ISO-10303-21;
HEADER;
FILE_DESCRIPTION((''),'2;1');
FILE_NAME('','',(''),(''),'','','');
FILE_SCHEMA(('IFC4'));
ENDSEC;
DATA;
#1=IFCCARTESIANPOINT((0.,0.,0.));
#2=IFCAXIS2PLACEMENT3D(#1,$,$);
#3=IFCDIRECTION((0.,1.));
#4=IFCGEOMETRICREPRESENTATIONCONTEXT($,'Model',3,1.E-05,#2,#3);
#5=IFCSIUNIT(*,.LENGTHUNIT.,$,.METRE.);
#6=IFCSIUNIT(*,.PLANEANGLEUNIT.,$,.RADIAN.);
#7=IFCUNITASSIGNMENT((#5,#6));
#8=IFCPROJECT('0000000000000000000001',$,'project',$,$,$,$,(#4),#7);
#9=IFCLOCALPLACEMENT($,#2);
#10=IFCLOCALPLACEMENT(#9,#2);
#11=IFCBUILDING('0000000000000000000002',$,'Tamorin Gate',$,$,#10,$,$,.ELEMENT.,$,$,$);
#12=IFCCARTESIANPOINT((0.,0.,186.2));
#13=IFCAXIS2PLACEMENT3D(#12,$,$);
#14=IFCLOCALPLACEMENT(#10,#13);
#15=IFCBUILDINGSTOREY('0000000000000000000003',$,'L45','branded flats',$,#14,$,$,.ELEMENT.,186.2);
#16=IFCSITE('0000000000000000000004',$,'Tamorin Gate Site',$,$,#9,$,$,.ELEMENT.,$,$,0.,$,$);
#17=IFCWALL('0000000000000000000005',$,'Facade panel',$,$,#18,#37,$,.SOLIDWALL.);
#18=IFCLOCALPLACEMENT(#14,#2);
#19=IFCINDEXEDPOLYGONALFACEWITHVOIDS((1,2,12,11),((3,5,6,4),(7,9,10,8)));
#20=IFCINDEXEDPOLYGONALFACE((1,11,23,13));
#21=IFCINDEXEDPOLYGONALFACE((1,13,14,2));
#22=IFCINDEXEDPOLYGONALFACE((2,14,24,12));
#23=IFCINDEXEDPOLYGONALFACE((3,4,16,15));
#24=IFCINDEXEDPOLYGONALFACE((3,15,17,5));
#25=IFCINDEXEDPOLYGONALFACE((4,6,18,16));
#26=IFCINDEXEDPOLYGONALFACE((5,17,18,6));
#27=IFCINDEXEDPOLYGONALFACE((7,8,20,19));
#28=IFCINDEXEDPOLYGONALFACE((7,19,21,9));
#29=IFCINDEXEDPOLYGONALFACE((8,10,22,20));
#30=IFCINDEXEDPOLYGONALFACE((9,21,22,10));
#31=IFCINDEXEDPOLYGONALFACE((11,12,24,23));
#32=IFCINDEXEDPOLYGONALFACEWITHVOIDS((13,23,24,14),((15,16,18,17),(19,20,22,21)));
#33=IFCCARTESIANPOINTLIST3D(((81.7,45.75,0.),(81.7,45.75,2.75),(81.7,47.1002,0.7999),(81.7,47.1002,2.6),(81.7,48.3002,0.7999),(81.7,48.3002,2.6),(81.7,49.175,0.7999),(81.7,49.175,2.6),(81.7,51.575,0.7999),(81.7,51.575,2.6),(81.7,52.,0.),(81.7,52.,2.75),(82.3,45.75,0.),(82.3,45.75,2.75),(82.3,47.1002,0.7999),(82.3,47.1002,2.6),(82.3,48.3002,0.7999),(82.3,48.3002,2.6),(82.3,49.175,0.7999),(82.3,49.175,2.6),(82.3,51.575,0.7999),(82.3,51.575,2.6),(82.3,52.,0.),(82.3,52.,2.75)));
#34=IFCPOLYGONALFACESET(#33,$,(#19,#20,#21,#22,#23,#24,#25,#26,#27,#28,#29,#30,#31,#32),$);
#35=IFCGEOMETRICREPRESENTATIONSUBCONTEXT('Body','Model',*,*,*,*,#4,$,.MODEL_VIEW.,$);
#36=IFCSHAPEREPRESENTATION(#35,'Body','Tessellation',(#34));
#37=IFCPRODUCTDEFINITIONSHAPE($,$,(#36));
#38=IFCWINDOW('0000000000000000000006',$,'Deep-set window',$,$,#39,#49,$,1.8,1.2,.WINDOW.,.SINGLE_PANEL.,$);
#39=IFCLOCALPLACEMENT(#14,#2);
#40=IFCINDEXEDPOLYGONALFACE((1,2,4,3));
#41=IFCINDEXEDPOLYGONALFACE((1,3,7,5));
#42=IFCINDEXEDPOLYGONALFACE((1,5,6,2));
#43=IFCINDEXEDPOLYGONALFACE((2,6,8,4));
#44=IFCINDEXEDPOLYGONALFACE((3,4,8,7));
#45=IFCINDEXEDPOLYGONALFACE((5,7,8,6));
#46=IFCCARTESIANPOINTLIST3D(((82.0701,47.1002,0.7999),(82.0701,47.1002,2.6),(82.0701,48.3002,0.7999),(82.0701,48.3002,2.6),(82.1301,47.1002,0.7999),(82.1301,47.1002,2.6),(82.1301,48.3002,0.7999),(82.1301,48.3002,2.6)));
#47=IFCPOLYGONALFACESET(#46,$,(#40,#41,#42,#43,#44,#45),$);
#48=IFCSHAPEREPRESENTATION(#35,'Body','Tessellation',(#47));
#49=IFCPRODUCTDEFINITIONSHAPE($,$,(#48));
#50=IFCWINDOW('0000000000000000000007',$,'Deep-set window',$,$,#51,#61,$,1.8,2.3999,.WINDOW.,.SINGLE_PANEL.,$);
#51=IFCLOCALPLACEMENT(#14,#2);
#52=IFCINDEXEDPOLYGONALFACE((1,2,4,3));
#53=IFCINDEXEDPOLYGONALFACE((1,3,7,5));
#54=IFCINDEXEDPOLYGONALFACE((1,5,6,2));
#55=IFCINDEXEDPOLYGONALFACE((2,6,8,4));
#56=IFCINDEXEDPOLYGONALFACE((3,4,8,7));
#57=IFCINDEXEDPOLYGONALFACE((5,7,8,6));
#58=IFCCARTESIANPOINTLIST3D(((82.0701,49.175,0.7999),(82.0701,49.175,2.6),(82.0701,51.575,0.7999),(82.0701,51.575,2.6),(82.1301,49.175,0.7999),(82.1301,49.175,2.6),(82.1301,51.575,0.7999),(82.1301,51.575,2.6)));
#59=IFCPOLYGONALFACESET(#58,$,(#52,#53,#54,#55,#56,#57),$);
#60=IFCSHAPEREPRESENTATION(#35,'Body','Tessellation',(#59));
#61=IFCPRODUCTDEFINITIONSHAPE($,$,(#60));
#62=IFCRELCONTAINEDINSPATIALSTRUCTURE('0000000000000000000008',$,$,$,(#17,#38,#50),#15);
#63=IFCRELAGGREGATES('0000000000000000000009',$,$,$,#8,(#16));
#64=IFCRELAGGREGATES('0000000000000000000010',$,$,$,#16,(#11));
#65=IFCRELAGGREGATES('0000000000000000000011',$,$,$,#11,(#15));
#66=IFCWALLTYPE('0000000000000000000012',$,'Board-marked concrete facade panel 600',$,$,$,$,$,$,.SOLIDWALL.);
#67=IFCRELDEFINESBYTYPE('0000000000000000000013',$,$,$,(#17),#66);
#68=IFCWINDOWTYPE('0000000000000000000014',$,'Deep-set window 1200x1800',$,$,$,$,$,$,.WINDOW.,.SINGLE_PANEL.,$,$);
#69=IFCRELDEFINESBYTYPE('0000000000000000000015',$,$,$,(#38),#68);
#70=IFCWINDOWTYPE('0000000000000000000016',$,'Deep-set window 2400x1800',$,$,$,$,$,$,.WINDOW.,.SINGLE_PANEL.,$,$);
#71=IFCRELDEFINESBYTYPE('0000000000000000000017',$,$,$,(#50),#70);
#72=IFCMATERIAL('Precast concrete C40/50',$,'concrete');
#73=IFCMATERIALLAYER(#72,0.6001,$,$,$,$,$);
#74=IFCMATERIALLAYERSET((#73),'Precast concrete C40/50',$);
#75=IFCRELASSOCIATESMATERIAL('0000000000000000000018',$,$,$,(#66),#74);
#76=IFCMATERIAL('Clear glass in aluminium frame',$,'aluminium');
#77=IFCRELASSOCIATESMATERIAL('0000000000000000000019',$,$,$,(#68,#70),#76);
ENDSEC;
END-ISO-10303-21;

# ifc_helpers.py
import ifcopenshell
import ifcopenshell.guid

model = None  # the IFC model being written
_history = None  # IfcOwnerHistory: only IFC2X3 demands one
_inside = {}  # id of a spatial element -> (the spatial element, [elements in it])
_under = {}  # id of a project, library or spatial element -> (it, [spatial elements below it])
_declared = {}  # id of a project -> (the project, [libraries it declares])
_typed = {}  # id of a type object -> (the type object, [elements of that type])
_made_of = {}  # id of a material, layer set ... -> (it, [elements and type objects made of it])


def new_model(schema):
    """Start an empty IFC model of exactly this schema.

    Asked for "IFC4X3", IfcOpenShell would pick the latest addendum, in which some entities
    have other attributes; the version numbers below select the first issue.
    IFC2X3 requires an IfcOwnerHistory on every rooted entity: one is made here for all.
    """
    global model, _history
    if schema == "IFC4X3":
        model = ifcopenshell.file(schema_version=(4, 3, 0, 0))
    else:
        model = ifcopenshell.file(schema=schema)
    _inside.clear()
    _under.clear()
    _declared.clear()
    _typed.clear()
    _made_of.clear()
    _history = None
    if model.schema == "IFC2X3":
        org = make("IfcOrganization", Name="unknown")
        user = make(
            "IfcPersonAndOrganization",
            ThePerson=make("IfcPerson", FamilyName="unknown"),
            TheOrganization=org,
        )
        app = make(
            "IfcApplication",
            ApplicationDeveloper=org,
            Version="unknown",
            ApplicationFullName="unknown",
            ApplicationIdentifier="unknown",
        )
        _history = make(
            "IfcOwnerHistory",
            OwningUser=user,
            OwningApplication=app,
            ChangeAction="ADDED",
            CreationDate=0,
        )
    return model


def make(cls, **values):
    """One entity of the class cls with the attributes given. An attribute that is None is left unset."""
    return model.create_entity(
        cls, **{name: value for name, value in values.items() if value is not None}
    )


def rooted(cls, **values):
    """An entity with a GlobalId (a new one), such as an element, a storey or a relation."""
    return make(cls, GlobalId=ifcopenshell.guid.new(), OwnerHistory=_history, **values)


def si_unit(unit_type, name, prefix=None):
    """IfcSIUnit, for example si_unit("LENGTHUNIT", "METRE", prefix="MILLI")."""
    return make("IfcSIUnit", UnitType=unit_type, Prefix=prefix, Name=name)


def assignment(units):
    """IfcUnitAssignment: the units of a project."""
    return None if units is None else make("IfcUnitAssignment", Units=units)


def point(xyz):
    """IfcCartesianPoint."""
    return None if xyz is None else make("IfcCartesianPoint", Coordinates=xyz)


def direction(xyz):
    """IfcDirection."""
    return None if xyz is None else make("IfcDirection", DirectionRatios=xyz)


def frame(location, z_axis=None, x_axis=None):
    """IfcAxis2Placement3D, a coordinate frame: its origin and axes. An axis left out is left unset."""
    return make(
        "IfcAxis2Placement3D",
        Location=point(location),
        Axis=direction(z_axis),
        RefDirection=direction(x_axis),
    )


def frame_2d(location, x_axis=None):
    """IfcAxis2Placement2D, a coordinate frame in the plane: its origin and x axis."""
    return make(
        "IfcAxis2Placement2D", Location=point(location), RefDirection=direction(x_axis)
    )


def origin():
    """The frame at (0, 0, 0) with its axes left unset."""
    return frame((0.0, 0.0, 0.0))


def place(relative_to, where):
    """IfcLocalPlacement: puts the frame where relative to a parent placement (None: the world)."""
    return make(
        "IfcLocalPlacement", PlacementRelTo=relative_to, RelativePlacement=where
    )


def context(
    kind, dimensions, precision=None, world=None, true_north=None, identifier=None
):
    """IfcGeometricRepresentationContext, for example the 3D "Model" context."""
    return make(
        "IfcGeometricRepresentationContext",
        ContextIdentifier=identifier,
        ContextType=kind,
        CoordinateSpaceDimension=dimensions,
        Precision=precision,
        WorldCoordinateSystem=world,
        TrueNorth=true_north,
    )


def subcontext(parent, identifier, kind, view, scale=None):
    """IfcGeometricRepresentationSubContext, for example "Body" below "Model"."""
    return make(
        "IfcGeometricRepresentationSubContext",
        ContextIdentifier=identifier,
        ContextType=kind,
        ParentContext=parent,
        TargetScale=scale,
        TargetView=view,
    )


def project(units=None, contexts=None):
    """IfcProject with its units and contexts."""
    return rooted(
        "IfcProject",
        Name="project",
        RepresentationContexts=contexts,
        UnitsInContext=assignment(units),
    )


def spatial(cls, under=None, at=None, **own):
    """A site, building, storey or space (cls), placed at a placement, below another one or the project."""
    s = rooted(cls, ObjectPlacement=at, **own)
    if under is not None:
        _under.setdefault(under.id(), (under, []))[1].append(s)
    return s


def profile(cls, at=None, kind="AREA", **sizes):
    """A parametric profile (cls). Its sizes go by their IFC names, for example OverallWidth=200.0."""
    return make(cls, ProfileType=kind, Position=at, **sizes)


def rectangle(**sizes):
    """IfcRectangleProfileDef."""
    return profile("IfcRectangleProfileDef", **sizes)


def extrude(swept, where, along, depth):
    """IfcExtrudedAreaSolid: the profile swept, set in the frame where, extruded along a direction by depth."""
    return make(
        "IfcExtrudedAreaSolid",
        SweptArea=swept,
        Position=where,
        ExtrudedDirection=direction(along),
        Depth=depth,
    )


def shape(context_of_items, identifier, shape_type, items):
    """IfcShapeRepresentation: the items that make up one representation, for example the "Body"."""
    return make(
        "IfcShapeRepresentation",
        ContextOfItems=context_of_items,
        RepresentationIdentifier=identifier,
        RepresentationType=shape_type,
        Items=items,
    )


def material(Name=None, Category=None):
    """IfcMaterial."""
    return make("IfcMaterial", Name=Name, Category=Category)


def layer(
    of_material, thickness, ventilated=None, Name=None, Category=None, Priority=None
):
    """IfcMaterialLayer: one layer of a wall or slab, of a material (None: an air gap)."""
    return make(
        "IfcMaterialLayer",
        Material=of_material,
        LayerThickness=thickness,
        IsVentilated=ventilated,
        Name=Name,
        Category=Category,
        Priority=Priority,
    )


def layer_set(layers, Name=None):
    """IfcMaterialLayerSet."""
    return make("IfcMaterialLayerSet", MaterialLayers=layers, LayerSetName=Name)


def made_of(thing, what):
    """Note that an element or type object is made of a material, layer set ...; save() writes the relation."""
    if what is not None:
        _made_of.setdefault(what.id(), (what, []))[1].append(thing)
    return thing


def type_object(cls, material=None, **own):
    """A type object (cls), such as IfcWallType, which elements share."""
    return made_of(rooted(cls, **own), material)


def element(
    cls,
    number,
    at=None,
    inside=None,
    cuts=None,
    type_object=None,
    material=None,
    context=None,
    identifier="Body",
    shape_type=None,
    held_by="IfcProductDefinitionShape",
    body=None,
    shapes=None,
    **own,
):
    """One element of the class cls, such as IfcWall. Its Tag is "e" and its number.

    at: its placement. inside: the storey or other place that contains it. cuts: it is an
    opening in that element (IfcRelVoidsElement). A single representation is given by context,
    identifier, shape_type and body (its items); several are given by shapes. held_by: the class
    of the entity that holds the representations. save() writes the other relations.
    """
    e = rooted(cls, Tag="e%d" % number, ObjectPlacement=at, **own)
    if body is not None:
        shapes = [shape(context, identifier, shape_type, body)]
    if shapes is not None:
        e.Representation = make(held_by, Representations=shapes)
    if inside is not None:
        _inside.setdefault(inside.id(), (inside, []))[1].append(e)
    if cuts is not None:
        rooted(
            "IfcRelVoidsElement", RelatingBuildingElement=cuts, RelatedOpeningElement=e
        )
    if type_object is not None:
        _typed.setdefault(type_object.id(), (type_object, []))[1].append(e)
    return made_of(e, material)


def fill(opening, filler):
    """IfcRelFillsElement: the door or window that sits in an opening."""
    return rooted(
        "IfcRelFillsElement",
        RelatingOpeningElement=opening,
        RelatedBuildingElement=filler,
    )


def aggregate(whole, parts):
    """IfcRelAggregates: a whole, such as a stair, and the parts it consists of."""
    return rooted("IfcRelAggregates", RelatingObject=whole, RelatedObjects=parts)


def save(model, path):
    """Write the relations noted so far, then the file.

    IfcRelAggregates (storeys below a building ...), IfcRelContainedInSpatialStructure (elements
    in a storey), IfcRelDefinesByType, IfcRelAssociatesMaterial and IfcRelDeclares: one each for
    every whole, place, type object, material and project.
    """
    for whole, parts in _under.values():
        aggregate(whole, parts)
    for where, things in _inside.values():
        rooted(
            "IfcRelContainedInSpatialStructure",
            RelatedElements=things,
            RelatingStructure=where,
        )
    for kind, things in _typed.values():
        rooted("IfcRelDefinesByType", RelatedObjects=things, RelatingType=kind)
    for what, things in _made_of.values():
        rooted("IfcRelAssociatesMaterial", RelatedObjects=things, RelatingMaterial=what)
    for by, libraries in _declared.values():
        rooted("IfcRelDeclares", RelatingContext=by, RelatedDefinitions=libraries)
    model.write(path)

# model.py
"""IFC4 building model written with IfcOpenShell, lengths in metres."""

from ifc_helpers import new_model, si_unit, direction, frame, frame_2d, origin, place, context, subcontext, project, spatial, rectangle, extrude, material, layer, layer_set, type_object, element, fill, save


model = new_model("IFC4")

# Units and contexts
model_context = context("Model", 3, precision=1e-05, world=origin(), true_north=direction((0.0, 1.0)))
body_context = subcontext(model_context, "Body", "Model", "MODEL_VIEW")
ifc_project = project(units=[si_unit("LENGTHUNIT", "METRE"), si_unit("PLANEANGLEUNIT", "RADIAN")], contexts=[model_context])

# Site, building, storey
site_placement = place(None, origin())
site = spatial("IfcSite", under=ifc_project, at=site_placement, Name="Tamorin Gate Site", CompositionType="ELEMENT", RefElevation=0.0)
building_placement = place(site_placement, origin())
building = spatial("IfcBuilding", under=site, at=building_placement, Name="Tamorin Gate", CompositionType="ELEMENT")
storey_placement = place(building_placement, frame((0.0, 0.0, 186.2)))
storey = spatial("IfcBuildingStorey", under=building, at=storey_placement, Name="L45", Description="branded flats", CompositionType="ELEMENT", Elevation=186.2)

# Shared definitions
ifc_material_1 = material(Name="Precast concrete C40/50", Category="concrete")
ifc_layer = layer(ifc_material_1, 0.6001)
ifc_layer_set = layer_set([ifc_layer], Name="Precast concrete C40/50")
wall_type = type_object("IfcWallType", Name="Board-marked concrete facade panel 600", PredefinedType="SOLIDWALL", material=ifc_layer_set)
ifc_material_2 = material(Name="Clear glass in aluminium frame", Category="aluminium")
window_type_1 = type_object("IfcWindowType", Name="Deep-set window 1200x1800", PartitioningType="SINGLE_PANEL", PredefinedType="WINDOW", material=ifc_material_2)
window_type_2 = type_object("IfcWindowType", Name="Deep-set window 2400x1800", PartitioningType="SINGLE_PANEL", PredefinedType="WINDOW", material=ifc_material_2)

# Wall, openings, windows
wall_1_placement = place(storey_placement, frame((82.0, 45.75, 0.0), z_axis=(0.0, 0.0, 1.0), x_axis=(0.0, 1.0, 0.0)))
wall_1 = element("IfcWall", 1, at=wall_1_placement, inside=storey, type_object=wall_type, Name="Facade panel", PredefinedType="SOLIDWALL", context=body_context, shape_type="SweptSolid", body=[
    extrude(rectangle(XDim=6.25, YDim=0.6001, at=frame_2d((3.125, 0.0))), origin(), (0.0, 0.0, 1.0), 2.75),
])
opening_1_placement = place(wall_1_placement, frame((1.3501, 0.0, 0.8)))
opening_1 = element("IfcOpeningElement", 2, at=opening_1_placement, cuts=wall_1, PredefinedType="OPENING", context=body_context, shape_type="SweptSolid", body=[
    extrude(rectangle(XDim=1.2, YDim=1.8, at=frame_2d((0.6001, 0.8999))), frame((0.0, 0.3101, 0.0), z_axis=(0.0, -1.0, 0.0), x_axis=(1.0, 0.0, 0.0)), (0.0, 0.0, 1.0), 0.6201),
])
opening_2_placement = place(wall_1_placement, frame((3.425, 0.0, 0.8)))
opening_2 = element("IfcOpeningElement", 3, at=opening_2_placement, cuts=wall_1, PredefinedType="OPENING", context=body_context, shape_type="SweptSolid", body=[
    extrude(rectangle(XDim=2.3999, YDim=1.8, at=frame_2d((1.2, 0.8999))), frame((0.0, 0.3101, 0.0), z_axis=(0.0, -1.0, 0.0), x_axis=(1.0, 0.0, 0.0)), (0.0, 0.0, 1.0), 0.6201),
])
window_1_placement = place(opening_1_placement, origin())
window_1 = element("IfcWindow", 4, at=window_1_placement, inside=storey, type_object=window_type_1, Name="Deep-set window", OverallHeight=1.8, OverallWidth=1.2, PartitioningType="SINGLE_PANEL", PredefinedType="WINDOW", context=body_context, shape_type="SweptSolid", body=[
    extrude(rectangle(XDim=1.2, YDim=1.8, at=frame_2d((0.6001, 0.8999))), frame((0.0, -0.0701, 0.0), z_axis=(0.0, -1.0, 0.0), x_axis=(1.0, 0.0, 0.0)), (0.0, 0.0, 1.0), 0.0601),
])
fill(opening_1, window_1)
window_2_placement = place(opening_2_placement, origin())
window_2 = element("IfcWindow", 5, at=window_2_placement, inside=storey, type_object=window_type_2, Name="Deep-set window", OverallHeight=1.8, OverallWidth=2.3999, PartitioningType="SINGLE_PANEL", PredefinedType="WINDOW", context=body_context, shape_type="SweptSolid", body=[
    extrude(rectangle(XDim=2.3999, YDim=1.8, at=frame_2d((1.2, 0.8999))), frame((0.0, -0.0701, 0.0), z_axis=(0.0, -1.0, 0.0), x_axis=(1.0, 0.0, 0.0)), (0.0, 0.0, 1.0), 0.0601),
])
fill(opening_2, window_2)

save(model, "model.ifc")
